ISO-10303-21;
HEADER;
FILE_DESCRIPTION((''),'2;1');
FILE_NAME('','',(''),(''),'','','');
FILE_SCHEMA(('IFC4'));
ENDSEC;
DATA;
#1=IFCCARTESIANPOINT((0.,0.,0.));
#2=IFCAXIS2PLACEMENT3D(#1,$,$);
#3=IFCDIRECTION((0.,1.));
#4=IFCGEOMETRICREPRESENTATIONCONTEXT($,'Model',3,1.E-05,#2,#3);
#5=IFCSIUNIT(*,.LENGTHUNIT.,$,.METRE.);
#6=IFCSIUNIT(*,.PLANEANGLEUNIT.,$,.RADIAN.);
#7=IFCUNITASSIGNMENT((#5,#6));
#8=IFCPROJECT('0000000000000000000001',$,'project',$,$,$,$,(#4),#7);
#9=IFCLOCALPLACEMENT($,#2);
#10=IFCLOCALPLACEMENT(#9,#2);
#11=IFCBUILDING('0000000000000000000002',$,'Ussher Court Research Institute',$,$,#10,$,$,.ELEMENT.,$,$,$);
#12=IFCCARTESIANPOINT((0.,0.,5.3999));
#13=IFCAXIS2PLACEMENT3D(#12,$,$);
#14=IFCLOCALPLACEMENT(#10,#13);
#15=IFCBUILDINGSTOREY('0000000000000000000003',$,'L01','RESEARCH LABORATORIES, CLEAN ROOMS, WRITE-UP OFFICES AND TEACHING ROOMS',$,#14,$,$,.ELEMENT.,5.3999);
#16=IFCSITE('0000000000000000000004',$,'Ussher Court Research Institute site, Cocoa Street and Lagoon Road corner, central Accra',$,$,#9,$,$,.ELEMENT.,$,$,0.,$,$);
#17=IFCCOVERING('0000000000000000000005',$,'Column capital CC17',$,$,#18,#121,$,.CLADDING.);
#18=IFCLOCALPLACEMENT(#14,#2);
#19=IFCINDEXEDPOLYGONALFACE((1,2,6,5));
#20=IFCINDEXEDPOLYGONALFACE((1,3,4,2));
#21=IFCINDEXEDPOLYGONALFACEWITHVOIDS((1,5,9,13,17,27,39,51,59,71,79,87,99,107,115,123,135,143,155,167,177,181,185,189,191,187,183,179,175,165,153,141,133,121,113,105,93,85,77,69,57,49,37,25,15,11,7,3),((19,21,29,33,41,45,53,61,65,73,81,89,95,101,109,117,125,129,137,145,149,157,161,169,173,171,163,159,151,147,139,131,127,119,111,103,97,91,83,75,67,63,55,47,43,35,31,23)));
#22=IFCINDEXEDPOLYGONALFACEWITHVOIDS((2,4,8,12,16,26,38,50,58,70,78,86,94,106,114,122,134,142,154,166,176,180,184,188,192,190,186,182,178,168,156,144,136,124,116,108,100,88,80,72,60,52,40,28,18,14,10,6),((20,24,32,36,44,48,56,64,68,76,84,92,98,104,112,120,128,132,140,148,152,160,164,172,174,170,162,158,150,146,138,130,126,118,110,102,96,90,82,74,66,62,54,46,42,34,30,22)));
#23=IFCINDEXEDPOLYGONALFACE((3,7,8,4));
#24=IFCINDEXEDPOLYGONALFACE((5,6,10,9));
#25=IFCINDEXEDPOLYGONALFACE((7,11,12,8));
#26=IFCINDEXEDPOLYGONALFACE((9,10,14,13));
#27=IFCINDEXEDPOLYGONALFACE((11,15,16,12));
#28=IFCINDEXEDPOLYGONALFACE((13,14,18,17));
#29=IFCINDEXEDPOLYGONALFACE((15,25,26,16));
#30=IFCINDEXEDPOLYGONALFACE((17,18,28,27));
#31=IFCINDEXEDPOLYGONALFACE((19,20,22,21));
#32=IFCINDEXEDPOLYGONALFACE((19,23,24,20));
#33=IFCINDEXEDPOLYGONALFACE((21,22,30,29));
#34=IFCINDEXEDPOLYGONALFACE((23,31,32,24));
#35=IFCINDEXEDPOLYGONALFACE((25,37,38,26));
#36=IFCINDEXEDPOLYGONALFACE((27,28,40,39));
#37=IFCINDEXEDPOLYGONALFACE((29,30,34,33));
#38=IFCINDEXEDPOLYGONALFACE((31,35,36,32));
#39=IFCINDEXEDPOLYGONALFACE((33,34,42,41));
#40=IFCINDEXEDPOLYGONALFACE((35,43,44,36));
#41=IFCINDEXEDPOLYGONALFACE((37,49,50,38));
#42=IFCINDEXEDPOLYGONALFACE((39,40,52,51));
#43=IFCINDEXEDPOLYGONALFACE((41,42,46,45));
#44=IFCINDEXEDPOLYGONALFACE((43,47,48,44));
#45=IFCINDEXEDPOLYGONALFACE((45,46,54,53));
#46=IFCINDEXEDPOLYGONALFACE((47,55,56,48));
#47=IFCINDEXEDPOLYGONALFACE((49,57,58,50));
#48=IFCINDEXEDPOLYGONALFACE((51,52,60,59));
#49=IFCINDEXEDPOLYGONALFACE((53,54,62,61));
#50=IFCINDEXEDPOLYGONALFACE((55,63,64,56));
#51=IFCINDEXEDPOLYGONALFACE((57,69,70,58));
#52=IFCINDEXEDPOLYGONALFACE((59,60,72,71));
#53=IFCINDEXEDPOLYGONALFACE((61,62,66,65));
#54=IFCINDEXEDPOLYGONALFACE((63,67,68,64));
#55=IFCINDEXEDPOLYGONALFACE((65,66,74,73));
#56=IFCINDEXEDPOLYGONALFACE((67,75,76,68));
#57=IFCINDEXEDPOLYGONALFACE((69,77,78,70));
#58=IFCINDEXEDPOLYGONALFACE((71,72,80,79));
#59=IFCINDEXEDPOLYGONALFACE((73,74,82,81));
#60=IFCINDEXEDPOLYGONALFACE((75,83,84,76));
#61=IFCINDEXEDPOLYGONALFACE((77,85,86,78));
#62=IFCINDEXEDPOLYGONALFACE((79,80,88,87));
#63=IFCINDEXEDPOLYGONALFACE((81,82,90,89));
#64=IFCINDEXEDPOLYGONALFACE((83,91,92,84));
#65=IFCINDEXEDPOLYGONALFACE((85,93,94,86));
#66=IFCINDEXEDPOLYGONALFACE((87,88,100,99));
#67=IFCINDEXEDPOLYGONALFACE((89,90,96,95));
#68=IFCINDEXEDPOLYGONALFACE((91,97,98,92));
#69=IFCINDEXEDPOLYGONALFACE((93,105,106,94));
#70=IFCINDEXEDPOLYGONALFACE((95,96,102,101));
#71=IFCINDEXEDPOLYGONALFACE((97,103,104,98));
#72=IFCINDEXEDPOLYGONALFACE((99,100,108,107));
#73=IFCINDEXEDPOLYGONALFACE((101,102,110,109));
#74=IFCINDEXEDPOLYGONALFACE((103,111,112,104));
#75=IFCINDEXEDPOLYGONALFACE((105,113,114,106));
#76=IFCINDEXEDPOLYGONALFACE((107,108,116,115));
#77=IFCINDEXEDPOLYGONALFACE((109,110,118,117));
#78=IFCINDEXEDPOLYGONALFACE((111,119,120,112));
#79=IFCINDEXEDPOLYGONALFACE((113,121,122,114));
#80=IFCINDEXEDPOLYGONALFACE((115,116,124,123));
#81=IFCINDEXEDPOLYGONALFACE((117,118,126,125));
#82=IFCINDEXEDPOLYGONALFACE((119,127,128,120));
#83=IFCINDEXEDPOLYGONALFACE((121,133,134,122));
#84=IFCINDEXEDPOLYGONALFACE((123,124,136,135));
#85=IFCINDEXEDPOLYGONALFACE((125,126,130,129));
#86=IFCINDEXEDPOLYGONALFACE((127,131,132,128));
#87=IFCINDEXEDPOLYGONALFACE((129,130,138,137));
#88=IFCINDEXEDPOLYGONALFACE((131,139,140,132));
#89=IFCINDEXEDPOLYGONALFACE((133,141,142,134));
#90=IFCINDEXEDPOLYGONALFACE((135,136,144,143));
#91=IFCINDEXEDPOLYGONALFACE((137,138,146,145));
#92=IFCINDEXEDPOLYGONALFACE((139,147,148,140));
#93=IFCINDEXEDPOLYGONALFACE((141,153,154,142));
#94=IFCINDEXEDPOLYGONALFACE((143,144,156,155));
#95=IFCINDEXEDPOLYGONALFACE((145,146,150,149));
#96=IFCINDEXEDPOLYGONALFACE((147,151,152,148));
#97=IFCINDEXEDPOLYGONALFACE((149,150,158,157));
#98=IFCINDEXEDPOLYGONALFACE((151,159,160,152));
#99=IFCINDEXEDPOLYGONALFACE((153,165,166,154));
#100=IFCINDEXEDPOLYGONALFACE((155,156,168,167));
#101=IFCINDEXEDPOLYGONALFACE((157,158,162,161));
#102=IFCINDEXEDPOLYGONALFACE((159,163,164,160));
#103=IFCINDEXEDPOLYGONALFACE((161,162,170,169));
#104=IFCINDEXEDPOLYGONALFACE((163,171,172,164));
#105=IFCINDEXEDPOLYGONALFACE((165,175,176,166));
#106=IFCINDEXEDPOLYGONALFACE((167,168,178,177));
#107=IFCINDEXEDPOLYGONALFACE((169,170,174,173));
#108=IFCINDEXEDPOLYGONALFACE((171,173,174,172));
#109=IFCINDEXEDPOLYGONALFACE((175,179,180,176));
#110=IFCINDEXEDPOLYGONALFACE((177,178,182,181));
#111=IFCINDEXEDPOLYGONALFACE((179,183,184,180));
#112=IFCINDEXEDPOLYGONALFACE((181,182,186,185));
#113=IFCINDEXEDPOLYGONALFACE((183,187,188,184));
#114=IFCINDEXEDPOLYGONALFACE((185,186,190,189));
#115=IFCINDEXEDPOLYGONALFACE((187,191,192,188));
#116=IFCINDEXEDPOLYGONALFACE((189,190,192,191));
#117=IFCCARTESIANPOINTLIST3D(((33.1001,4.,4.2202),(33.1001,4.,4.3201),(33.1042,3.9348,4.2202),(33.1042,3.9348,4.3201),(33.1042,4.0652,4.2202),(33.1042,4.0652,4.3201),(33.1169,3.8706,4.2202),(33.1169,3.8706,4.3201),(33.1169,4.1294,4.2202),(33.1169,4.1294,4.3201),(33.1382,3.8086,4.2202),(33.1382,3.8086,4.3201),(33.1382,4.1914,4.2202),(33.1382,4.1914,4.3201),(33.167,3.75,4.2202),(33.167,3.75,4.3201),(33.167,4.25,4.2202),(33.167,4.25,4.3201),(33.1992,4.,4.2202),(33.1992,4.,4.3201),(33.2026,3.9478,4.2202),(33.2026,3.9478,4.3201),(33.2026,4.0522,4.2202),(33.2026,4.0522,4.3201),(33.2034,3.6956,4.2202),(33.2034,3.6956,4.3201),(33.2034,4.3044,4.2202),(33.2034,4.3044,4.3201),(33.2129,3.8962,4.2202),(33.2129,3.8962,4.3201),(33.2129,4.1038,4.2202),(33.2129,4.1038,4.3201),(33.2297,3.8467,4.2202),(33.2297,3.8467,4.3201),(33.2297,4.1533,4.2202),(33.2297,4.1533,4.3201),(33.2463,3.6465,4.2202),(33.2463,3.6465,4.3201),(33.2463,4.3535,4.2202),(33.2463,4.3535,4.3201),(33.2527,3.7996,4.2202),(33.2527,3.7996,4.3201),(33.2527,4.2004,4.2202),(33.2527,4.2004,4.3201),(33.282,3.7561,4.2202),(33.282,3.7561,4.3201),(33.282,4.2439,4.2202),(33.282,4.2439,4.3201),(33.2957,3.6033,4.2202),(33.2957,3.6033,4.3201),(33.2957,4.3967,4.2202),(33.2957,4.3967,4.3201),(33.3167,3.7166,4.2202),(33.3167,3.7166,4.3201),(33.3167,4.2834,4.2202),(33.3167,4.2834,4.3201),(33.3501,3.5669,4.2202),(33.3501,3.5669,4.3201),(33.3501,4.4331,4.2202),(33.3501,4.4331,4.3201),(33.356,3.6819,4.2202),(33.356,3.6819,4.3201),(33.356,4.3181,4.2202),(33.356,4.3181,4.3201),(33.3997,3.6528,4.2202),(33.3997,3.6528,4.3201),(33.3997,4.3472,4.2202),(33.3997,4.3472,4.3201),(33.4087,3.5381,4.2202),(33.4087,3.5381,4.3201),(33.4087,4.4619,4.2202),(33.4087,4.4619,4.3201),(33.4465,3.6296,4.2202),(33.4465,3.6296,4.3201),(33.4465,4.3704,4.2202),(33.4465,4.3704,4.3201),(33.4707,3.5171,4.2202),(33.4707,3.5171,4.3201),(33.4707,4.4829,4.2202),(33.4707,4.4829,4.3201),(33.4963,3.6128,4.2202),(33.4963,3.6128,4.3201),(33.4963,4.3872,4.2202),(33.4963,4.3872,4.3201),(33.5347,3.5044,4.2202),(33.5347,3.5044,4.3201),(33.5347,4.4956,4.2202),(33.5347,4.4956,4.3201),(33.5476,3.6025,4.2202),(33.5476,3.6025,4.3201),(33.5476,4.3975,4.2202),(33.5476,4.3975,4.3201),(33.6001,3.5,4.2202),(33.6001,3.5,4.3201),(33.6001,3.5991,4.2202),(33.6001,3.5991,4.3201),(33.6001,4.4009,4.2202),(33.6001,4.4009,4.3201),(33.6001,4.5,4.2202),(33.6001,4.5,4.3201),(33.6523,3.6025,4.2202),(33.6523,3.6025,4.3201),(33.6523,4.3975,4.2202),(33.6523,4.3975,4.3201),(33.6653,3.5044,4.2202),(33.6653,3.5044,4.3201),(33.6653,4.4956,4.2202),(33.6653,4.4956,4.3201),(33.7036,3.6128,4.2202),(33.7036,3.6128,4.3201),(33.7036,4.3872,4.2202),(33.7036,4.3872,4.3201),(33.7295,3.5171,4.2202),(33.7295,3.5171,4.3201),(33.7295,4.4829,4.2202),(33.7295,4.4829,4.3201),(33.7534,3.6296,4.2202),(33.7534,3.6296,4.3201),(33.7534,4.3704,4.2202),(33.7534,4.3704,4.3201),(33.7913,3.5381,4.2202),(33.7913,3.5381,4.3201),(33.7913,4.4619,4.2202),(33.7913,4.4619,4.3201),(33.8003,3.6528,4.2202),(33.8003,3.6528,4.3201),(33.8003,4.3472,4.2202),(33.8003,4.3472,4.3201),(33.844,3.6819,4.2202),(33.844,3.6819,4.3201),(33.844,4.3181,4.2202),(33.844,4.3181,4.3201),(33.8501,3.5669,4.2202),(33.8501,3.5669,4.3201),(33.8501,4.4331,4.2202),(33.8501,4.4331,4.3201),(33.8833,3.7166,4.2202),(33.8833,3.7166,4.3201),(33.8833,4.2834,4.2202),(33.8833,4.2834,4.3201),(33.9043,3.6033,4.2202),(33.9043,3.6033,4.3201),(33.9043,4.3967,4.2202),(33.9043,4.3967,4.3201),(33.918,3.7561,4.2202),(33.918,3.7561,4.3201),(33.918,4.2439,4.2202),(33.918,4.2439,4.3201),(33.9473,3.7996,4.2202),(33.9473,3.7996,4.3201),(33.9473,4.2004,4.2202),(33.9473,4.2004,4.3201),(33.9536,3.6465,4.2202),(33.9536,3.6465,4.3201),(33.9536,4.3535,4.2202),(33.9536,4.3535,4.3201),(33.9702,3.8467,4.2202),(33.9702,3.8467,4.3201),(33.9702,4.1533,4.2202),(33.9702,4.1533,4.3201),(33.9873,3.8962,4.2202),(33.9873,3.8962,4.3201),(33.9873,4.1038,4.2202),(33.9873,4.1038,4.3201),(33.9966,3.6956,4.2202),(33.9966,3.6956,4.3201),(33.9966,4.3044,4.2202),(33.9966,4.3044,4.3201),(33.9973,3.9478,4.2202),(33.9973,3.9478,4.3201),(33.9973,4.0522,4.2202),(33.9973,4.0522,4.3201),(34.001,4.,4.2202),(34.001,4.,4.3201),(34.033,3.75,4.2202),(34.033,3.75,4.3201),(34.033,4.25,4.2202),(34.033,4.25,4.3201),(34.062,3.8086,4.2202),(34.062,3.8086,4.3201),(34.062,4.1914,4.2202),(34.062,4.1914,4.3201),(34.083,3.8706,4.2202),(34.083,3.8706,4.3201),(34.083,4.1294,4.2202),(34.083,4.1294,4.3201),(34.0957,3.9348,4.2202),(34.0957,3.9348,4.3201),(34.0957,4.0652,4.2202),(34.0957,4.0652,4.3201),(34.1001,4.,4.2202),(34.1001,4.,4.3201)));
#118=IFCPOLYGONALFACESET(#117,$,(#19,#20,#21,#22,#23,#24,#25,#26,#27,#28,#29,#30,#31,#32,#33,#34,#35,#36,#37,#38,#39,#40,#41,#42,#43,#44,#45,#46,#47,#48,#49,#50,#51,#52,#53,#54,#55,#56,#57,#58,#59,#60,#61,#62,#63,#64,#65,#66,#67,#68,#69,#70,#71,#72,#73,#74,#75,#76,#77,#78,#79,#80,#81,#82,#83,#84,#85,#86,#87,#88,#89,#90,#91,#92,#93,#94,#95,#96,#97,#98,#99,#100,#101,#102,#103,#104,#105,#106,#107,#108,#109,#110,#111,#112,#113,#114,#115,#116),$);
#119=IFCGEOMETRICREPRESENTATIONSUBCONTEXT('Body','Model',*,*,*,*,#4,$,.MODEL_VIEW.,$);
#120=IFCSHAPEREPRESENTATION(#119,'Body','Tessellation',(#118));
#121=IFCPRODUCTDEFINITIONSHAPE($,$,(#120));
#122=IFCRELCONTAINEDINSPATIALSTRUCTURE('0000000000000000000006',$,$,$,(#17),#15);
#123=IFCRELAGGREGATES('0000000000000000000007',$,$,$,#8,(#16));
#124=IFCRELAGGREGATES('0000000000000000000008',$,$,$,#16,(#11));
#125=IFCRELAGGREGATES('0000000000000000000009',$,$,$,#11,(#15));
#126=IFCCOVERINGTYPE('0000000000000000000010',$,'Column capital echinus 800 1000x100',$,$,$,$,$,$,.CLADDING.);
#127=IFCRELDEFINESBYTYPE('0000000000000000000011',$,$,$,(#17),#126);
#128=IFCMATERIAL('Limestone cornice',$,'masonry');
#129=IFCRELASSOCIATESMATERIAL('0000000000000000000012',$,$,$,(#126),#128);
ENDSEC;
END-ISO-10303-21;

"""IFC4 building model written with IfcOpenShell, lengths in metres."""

from ifc_helpers import new_model, si_unit, direction, frame, origin, place, context, subcontext, project, spatial, polyline, outline, extrude, material, type_object, element, save


model = new_model("IFC4")

# Units and contexts
model_context = context("Model", 3, precision=1e-05, world=origin(), true_north=direction((0.0, 1.0)))
body_context = subcontext(model_context, "Body", "Model", "MODEL_VIEW")
ifc_project = project(units=[si_unit("LENGTHUNIT", "METRE"), si_unit("PLANEANGLEUNIT", "RADIAN")], contexts=[model_context])

# Site, building, storey
site_placement = place(None, origin())
site = spatial("IfcSite", under=ifc_project, at=site_placement, Name="Ussher Court Research Institute site, Cocoa Street and Lagoon Road corner, central Accra", CompositionType="ELEMENT", RefElevation=0.0)
building_placement = place(site_placement, origin())
building = spatial("IfcBuilding", under=site, at=building_placement, Name="Ussher Court Research Institute", CompositionType="ELEMENT")
storey_placement = place(building_placement, frame((0.0, 0.0, 5.3999)))
storey = spatial("IfcBuildingStorey", under=building, at=storey_placement, Name="L01", Description="RESEARCH LABORATORIES, CLEAN ROOMS, WRITE-UP OFFICES AND TEACHING ROOMS", CompositionType="ELEMENT", Elevation=5.3999)

# Covering
ifc_material_1 = material(Name="Limestone cornice", Category="masonry")
covering_type_1 = type_object("IfcCoveringType", Name="Column capital echinus 800 1000x100", PredefinedType="CLADDING", material=ifc_material_1)
covering_1_placement = place(storey_placement, frame((0.0, 0.0, 4.2202)))
element("IfcCovering", 1, at=covering_1_placement, inside=storey, type_object=covering_type_1, Name="Column capital CC17", PredefinedType="CLADDING", context=body_context, shape_type="SweptSolid", body=[
    extrude(outline(polyline([(34.1001, 4.0), (34.0957, 4.0652), (34.083, 4.1294), (34.062, 4.1914), (34.033, 4.25), (33.9966, 4.3044), (33.9536, 4.3535), (33.9043, 4.3967), (33.8501, 4.4331), (33.7913, 4.4619), (33.7295, 4.4829), (33.6653, 4.4956), (33.6001, 4.5), (33.5347, 4.4956), (33.4707, 4.4829), (33.4087, 4.4619), (33.3501, 4.4331), (33.2957, 4.3967), (33.2463, 4.3535), (33.2034, 4.3044), (33.167, 4.25), (33.1382, 4.1914), (33.1169, 4.1294), (33.1042, 4.0652), (33.1001, 4.0), (33.1042, 3.9348), (33.1169, 3.8706), (33.1382, 3.8086), (33.167, 3.75), (33.2034, 3.6956), (33.2463, 3.6465), (33.2957, 3.6033), (33.3501, 3.5669), (33.4087, 3.5381), (33.4707, 3.5171), (33.5347, 3.5044), (33.6001, 3.5), (33.6653, 3.5044), (33.7295, 3.5171), (33.7913, 3.5381), (33.8501, 3.5669), (33.9043, 3.6033), (33.9536, 3.6465), (33.9966, 3.6956), (34.033, 3.75), (34.062, 3.8086), (34.083, 3.8706), (34.0957, 3.9348), (34.1001, 4.0)]), holes=[polyline([(34.001, 4.0), (33.9973, 4.0522), (33.9873, 4.1038), (33.9702, 4.1533), (33.9473, 4.2004), (33.918, 4.2439), (33.8833, 4.2834), (33.844, 4.3181), (33.8003, 4.3472), (33.7534, 4.3704), (33.7036, 4.3872), (33.6523, 4.3975), (33.6001, 4.4009), (33.5476, 4.3975), (33.4963, 4.3872), (33.4465, 4.3704), (33.3997, 4.3472), (33.356, 4.3181), (33.3167, 4.2834), (33.282, 4.2439), (33.2527, 4.2004), (33.2297, 4.1533), (33.2129, 4.1038), (33.2026, 4.0522), (33.1992, 4.0), (33.2026, 3.9478), (33.2129, 3.8962), (33.2297, 3.8467), (33.2527, 3.7996), (33.282, 3.7561), (33.3167, 3.7166), (33.356, 3.6819), (33.3997, 3.6528), (33.4465, 3.6296), (33.4963, 3.6128), (33.5476, 3.6025), (33.6001, 3.5991), (33.6523, 3.6025), (33.7036, 3.6128), (33.7534, 3.6296), (33.8003, 3.6528), (33.844, 3.6819), (33.8833, 3.7166), (33.918, 3.7561), (33.9473, 3.7996), (33.9702, 3.8467), (33.9873, 3.8962), (33.9973, 3.9478), (34.001, 4.0)])]), origin(), (0.0, 0.0, 1.0), 0.0999),
])

save(model, "model.ifc")
